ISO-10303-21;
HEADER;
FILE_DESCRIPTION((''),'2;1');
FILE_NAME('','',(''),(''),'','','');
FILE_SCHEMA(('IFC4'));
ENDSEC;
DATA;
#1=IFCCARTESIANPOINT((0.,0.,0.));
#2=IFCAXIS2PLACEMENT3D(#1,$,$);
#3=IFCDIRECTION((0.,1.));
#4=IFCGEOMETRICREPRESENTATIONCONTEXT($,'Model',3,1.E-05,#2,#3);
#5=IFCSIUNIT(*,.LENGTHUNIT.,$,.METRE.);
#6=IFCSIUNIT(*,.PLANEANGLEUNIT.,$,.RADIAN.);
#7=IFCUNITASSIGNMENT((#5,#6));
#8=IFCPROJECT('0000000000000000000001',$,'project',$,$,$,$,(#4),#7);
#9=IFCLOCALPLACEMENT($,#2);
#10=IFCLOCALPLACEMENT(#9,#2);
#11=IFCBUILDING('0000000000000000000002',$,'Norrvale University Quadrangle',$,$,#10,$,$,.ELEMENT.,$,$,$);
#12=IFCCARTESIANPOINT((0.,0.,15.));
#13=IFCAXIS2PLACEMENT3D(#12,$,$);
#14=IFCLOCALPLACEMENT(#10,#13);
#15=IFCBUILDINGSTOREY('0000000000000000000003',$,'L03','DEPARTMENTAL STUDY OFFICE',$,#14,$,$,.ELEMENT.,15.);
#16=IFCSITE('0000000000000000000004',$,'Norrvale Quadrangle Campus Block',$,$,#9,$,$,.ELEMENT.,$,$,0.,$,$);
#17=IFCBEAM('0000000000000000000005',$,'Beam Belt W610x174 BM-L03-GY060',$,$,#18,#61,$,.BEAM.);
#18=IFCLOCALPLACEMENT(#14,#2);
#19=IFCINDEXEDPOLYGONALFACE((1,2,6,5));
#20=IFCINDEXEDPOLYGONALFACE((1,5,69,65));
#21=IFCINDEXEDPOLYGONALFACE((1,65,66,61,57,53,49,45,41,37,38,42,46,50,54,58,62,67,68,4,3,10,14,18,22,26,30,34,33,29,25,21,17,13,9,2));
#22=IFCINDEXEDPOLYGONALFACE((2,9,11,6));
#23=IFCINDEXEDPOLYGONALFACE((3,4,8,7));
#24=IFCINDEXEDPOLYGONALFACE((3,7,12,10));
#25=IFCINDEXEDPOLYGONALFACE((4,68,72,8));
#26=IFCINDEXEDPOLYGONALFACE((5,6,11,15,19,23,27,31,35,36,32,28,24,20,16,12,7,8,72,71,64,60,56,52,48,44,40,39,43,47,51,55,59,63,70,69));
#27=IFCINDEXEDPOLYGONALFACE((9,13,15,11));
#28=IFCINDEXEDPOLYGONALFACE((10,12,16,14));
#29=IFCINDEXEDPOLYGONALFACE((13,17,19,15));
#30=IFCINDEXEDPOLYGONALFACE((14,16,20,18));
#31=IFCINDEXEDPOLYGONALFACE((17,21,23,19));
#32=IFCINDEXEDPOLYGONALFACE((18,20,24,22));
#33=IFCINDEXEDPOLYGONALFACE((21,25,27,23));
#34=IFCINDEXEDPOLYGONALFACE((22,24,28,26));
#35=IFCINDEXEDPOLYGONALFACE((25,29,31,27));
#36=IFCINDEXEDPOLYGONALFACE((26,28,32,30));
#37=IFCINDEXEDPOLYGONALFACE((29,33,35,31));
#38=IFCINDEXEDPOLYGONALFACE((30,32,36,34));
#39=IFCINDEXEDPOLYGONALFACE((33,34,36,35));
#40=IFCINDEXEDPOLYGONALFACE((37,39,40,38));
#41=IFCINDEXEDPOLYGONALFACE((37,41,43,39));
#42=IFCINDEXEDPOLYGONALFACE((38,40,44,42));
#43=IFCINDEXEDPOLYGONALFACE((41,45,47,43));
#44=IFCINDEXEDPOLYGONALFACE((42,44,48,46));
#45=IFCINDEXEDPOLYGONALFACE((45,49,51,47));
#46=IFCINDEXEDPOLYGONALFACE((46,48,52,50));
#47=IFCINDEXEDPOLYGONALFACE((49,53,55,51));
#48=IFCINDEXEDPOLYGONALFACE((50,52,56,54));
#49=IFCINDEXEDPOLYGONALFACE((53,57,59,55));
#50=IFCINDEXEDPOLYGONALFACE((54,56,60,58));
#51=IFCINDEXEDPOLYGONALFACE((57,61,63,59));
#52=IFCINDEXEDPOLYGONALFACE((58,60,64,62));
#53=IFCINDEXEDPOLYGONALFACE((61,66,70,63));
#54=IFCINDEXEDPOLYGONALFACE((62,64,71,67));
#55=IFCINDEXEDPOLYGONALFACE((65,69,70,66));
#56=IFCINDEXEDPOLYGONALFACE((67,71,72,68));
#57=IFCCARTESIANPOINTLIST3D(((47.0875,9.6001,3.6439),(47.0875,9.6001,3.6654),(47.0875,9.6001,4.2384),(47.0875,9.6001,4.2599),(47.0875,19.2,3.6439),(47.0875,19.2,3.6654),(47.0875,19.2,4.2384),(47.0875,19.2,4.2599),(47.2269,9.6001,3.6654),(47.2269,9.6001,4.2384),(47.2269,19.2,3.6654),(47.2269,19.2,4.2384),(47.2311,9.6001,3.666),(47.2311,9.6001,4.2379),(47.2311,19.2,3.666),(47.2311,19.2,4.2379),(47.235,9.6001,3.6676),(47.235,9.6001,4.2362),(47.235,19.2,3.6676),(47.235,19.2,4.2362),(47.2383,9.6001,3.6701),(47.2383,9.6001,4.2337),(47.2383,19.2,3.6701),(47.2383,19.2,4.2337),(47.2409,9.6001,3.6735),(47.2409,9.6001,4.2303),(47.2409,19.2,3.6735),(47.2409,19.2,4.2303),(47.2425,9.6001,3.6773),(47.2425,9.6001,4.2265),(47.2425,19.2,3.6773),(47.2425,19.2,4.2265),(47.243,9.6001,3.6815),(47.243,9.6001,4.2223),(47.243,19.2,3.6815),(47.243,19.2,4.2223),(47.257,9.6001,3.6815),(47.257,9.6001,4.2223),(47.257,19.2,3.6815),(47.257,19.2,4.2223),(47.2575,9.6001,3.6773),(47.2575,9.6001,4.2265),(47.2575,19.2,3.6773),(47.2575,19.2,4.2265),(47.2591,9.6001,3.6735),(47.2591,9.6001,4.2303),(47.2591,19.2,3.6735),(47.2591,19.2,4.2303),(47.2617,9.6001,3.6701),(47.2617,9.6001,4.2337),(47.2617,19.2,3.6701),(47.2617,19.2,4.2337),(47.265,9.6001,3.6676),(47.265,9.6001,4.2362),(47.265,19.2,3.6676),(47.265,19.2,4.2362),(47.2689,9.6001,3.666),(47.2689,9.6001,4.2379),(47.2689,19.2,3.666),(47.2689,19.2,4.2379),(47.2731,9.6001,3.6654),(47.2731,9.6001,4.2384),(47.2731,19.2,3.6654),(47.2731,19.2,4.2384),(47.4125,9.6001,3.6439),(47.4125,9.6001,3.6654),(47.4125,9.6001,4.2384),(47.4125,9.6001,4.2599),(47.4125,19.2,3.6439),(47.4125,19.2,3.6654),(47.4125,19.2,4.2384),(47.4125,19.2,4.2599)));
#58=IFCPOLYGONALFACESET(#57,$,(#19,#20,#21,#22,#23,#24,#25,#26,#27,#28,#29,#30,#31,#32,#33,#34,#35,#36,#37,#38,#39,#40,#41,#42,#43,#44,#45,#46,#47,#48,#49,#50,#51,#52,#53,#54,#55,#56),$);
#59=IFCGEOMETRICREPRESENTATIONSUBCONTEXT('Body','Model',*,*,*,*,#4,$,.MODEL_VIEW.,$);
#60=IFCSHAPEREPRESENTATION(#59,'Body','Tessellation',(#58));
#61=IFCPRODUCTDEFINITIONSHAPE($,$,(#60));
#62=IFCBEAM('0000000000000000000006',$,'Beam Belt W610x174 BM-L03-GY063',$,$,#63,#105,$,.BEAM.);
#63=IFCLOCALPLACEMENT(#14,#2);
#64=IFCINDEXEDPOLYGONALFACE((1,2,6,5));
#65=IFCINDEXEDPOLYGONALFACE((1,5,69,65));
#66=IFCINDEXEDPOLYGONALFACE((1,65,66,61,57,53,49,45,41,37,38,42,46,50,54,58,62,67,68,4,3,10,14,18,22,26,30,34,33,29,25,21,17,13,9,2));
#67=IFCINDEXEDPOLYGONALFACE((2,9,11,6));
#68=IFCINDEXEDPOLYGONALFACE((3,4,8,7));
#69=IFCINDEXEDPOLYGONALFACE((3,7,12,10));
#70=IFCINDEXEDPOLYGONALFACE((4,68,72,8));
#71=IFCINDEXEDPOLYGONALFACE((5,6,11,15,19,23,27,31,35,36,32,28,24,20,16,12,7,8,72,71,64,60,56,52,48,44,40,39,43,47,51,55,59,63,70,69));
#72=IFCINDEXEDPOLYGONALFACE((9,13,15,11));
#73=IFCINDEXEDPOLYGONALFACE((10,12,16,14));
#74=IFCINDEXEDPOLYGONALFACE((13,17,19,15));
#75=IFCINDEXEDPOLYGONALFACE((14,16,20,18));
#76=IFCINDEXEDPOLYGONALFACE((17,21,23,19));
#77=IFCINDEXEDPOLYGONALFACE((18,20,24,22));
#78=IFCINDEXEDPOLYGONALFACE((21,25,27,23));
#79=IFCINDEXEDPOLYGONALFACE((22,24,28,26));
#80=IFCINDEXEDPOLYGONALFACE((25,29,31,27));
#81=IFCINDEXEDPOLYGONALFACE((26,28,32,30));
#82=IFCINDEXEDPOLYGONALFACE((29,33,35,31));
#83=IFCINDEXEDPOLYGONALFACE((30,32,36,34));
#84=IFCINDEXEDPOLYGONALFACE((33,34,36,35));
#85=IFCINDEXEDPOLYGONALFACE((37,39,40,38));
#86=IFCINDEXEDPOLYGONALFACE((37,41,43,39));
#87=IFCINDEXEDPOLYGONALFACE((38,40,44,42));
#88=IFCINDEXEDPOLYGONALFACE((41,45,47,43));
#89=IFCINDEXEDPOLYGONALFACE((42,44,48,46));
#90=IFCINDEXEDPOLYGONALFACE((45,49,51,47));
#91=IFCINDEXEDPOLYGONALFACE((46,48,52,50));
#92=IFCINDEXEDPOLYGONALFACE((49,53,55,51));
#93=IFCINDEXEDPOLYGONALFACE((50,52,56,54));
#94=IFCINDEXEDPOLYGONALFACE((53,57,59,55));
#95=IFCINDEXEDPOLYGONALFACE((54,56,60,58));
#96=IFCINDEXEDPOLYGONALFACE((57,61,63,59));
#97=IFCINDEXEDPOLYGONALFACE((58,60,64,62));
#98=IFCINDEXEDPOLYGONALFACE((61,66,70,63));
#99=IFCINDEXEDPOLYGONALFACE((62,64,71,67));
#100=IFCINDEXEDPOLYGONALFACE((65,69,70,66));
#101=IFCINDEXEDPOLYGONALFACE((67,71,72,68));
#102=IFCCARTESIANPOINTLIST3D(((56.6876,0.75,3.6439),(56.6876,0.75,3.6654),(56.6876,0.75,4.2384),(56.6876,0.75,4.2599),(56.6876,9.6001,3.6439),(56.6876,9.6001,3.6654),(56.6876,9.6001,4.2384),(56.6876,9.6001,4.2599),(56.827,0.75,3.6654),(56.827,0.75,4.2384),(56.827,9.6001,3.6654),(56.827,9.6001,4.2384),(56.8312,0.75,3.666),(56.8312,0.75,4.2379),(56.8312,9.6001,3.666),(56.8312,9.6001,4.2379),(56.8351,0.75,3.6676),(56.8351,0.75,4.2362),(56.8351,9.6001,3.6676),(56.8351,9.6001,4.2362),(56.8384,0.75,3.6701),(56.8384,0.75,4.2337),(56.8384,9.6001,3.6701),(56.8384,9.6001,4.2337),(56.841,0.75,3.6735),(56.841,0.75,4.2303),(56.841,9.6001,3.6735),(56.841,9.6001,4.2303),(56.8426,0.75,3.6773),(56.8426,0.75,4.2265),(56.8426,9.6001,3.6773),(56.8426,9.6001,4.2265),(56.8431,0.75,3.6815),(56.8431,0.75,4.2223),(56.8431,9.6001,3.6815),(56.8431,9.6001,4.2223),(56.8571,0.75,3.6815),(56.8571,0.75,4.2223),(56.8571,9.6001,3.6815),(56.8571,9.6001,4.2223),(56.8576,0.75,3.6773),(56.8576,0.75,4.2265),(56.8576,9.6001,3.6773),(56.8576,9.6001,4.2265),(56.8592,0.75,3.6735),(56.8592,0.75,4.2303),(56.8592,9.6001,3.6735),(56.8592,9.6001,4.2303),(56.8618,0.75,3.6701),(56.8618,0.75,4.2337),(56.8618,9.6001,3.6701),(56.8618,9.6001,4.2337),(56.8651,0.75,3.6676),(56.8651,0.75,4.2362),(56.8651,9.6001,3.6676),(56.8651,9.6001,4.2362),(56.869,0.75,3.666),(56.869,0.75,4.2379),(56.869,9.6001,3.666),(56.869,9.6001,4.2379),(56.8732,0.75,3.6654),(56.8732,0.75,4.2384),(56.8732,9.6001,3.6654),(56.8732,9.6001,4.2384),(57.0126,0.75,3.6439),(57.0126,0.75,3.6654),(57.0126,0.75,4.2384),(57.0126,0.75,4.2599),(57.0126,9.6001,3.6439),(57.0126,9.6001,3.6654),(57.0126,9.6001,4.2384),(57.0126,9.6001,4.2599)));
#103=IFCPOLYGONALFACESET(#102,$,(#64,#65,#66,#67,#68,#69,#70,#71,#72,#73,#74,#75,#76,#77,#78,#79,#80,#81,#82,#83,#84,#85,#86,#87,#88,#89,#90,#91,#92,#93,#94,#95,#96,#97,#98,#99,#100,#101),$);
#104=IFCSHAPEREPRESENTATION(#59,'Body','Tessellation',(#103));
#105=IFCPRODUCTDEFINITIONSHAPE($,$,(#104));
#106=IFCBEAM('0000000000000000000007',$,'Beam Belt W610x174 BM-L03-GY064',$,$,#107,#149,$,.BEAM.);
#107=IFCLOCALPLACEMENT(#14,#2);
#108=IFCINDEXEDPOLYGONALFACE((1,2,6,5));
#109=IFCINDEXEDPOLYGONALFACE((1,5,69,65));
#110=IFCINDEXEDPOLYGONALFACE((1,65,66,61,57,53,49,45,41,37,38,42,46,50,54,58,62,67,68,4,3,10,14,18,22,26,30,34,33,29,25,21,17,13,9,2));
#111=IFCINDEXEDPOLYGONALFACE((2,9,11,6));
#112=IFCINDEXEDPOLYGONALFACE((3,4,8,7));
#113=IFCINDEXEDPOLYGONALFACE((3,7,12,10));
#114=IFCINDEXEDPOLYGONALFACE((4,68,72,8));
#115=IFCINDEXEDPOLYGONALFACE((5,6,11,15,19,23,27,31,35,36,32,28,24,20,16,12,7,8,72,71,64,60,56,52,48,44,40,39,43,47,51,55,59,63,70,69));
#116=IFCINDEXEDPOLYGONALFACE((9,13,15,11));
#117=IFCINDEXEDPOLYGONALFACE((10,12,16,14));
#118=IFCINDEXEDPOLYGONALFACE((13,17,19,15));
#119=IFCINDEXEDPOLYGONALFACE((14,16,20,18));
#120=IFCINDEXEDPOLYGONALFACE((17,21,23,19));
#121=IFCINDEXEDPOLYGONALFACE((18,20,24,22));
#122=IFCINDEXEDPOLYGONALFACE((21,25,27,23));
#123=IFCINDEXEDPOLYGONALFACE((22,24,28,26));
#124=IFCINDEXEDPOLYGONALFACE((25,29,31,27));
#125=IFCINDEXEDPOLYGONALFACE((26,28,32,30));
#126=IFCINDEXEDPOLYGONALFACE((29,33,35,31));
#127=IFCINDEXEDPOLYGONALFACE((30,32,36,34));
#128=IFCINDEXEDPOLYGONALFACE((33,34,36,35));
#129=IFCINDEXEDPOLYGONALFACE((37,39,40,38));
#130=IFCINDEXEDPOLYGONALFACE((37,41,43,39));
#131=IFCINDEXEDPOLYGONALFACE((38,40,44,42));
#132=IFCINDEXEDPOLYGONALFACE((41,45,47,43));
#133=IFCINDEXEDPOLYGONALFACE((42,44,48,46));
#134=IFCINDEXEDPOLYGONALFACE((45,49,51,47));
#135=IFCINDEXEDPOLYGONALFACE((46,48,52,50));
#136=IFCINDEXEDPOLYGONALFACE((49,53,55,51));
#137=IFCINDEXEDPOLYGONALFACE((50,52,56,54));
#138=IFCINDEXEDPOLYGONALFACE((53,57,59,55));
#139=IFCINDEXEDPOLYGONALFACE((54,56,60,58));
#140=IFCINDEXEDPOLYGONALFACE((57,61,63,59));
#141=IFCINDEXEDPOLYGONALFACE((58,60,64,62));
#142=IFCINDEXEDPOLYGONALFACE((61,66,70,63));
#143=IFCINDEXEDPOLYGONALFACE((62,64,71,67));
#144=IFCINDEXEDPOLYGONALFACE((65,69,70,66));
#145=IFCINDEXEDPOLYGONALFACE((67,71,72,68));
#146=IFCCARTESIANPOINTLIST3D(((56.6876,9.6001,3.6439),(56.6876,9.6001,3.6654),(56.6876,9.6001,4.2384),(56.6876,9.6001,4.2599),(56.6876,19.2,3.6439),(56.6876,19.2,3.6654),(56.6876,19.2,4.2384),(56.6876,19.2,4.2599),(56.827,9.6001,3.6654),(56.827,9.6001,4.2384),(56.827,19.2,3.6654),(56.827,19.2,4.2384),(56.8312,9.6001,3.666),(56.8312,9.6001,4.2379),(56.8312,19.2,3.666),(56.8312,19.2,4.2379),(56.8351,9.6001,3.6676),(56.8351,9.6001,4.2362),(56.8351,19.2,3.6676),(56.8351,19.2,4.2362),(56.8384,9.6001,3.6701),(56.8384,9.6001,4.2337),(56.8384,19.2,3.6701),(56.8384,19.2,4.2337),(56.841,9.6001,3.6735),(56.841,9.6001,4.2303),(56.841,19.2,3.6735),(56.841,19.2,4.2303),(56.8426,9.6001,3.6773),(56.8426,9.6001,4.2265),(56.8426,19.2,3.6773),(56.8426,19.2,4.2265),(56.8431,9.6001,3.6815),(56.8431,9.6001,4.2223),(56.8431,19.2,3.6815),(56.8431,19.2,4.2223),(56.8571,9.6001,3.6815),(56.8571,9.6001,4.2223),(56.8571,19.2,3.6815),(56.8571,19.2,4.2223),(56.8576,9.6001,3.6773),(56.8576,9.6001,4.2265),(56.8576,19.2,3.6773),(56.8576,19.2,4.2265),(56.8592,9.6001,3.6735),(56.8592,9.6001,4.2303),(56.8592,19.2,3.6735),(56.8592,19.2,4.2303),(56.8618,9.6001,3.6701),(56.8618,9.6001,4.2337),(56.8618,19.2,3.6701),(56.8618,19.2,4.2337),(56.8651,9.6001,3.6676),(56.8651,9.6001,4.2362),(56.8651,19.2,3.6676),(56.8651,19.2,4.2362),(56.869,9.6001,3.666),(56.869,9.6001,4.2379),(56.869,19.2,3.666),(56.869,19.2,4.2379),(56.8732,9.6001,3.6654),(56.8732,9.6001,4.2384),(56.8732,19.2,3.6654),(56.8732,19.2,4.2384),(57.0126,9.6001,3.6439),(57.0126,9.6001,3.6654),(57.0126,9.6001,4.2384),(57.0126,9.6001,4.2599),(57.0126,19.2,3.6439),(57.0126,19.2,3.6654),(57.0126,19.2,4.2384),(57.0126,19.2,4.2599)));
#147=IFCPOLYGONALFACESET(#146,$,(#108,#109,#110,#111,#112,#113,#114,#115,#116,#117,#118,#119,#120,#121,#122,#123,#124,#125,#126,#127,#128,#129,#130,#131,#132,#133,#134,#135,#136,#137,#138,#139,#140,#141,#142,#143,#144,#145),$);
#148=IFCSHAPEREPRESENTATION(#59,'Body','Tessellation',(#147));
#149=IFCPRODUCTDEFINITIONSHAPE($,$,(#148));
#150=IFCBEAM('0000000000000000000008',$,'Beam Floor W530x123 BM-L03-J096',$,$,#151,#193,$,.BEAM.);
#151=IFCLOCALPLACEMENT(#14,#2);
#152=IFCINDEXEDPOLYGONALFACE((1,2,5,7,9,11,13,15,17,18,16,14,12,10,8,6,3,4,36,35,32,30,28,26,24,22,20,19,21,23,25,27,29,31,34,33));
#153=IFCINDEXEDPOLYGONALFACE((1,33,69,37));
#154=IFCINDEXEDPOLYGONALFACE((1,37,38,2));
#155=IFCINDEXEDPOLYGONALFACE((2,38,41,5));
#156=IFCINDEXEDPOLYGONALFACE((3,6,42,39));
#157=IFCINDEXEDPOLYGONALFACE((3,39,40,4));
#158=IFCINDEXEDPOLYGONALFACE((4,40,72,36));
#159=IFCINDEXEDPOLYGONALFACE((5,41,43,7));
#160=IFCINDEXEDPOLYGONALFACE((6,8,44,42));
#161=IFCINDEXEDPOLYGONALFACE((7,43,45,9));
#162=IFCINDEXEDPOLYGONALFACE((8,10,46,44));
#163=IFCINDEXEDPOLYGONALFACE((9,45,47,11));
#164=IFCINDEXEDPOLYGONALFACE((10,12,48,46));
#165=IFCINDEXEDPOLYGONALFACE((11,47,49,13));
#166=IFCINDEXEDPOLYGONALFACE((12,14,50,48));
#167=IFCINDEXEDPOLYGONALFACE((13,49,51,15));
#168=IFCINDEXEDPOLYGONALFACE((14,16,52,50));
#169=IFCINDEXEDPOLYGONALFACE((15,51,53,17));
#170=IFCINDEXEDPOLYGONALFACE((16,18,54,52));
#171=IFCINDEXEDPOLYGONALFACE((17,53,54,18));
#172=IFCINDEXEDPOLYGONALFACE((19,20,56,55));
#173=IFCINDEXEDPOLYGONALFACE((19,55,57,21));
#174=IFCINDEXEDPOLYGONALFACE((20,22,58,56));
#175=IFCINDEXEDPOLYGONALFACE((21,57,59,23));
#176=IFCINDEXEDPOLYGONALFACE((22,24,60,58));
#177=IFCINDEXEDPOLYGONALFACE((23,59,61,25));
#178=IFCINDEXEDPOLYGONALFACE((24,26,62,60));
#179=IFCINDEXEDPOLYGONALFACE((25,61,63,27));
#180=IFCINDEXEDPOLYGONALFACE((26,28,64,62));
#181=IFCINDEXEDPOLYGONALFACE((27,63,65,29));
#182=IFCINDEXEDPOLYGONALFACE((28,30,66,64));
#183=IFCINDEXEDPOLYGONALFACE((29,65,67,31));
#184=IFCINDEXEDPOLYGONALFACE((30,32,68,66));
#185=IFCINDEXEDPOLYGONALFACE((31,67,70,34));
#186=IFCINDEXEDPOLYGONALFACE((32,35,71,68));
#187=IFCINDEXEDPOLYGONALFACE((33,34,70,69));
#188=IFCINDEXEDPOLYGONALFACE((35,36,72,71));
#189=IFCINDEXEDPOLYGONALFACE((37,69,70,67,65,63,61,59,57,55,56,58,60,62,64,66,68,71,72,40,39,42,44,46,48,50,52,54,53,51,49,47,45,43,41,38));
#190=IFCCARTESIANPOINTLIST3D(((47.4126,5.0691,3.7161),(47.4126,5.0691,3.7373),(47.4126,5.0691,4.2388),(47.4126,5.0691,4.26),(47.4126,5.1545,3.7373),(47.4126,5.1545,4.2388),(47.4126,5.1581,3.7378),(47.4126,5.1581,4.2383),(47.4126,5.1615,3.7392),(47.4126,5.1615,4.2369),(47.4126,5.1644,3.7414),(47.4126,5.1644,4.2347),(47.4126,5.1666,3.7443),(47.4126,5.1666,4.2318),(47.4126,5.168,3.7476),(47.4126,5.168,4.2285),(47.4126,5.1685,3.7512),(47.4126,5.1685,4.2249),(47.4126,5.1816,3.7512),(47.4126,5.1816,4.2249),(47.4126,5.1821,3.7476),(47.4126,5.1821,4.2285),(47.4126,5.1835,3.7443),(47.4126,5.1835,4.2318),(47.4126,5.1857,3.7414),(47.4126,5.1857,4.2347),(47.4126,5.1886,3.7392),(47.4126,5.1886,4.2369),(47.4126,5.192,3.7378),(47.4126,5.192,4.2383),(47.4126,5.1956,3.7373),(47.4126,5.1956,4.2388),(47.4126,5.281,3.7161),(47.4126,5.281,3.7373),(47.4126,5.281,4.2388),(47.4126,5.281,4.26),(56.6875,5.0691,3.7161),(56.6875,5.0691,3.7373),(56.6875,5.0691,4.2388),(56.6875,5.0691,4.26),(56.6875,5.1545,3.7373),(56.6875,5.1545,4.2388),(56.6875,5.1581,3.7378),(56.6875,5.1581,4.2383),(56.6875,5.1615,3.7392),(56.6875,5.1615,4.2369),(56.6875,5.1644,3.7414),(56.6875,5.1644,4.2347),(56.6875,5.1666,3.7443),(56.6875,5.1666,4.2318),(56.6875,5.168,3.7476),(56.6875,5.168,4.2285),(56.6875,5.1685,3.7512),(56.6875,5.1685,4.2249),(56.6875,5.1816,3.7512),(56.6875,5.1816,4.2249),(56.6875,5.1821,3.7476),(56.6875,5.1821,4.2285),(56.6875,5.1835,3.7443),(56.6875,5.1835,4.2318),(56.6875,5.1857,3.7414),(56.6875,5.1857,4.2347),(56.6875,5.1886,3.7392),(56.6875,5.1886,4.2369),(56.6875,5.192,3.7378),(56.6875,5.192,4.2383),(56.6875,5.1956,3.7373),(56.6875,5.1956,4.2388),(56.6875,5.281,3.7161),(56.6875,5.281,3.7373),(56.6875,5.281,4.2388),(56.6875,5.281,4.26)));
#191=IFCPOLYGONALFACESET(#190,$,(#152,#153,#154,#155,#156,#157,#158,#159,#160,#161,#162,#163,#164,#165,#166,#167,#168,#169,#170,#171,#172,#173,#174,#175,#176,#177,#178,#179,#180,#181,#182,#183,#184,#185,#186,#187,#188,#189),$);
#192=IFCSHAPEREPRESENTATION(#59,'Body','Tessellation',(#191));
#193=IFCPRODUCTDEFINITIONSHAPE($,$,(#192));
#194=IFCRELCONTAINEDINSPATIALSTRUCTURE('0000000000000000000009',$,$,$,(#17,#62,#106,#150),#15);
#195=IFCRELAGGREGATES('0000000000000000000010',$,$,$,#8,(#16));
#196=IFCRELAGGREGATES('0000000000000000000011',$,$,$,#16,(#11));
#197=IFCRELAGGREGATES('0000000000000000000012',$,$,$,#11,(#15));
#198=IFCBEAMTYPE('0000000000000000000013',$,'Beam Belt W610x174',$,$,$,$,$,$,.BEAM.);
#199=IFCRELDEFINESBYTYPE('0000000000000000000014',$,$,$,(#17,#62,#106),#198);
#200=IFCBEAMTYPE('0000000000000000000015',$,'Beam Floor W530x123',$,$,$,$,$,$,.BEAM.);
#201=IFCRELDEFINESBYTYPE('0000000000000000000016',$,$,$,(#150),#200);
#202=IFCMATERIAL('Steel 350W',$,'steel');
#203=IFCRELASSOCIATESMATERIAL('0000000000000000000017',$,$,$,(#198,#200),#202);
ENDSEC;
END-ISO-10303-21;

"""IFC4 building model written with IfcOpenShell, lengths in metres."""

from ifc_helpers import new_model, si_unit, direction, frame, origin, origin_2d, place, context, subcontext, project, spatial, i_section, extrude, material, material_profile, profile_set, type_object, element, save


model = new_model("IFC4")

# Units and contexts
model_context = context("Model", 3, precision=1e-05, world=origin(), true_north=direction((0.0, 1.0)))
body_context = subcontext(model_context, "Body", "Model", "MODEL_VIEW")
ifc_project = project(units=[si_unit("LENGTHUNIT", "METRE"), si_unit("PLANEANGLEUNIT", "RADIAN")], contexts=[model_context])

# Site, building, storey
site_placement = place(None, origin())
site = spatial("IfcSite", under=ifc_project, at=site_placement, Name="Norrvale Quadrangle Campus Block", CompositionType="ELEMENT", RefElevation=0.0)
building_placement = place(site_placement, origin())
building = spatial("IfcBuilding", under=site, at=building_placement, Name="Norrvale University Quadrangle", CompositionType="ELEMENT")
storey_placement = place(building_placement, frame((0.0, 0.0, 15.0)))
storey = spatial("IfcBuildingStorey", under=building, at=storey_placement, Name="L03", Description="DEPARTMENTAL STUDY OFFICE", CompositionType="ELEMENT", Elevation=15.0)

# Beams
ifc_material_1 = material(Name="Steel 350W", Category="steel")
ifc_material_profile_1 = material_profile(ifc_material_1, i_section(OverallWidth=0.325, OverallDepth=0.616, WebThickness=0.0139, FlangeThickness=0.0215, FilletRadius=0.0161, at=origin_2d()), Name="Steel 350W")
ifc_profile_set_1 = profile_set([ifc_material_profile_1], Name="Steel 350W")
beam_type_1 = type_object("IfcBeamType", Name="Beam Belt W610x174", PredefinedType="BEAM", material=ifc_profile_set_1)
beam_1_placement = place(storey_placement, frame((47.25, 9.6001, 3.9519), z_axis=(0.0, 1.0, 0.0), x_axis=(-1.0, 0.0, 0.0)))
element("IfcBeam", 1, at=beam_1_placement, inside=storey, type_object=beam_type_1, Name="Beam Belt W610x174 BM-L03-GY060", PredefinedType="BEAM", context=body_context, shape_type="SweptSolid", body=[
    extrude(i_section(OverallWidth=0.325, OverallDepth=0.616, WebThickness=0.0139, FlangeThickness=0.0215, FilletRadius=0.0161, at=origin_2d()), origin(), (0.0, 0.0, 1.0), 9.5999),
])
beam_2_placement = place(storey_placement, frame((56.8501, 0.75, 3.9519), z_axis=(0.0, 1.0, 0.0), x_axis=(-1.0, 0.0, 0.0)))
element("IfcBeam", 2, at=beam_2_placement, inside=storey, type_object=beam_type_1, Name="Beam Belt W610x174 BM-L03-GY063", PredefinedType="BEAM", context=body_context, shape_type="SweptSolid", body=[
    extrude(i_section(OverallWidth=0.325, OverallDepth=0.616, WebThickness=0.0139, FlangeThickness=0.0215, FilletRadius=0.0161, at=origin_2d()), origin(), (0.0, 0.0, 1.0), 8.8501),
])
beam_3_placement = place(storey_placement, frame((56.8501, 9.6001, 3.9519), z_axis=(0.0, 1.0, 0.0), x_axis=(-1.0, 0.0, 0.0)))
element("IfcBeam", 3, at=beam_3_placement, inside=storey, type_object=beam_type_1, Name="Beam Belt W610x174 BM-L03-GY064", PredefinedType="BEAM", context=body_context, shape_type="SweptSolid", body=[
    extrude(i_section(OverallWidth=0.325, OverallDepth=0.616, WebThickness=0.0139, FlangeThickness=0.0215, FilletRadius=0.0161, at=origin_2d()), origin(), (0.0, 0.0, 1.0), 9.5999),
])
ifc_material_profile_2 = material_profile(ifc_material_1, i_section(OverallWidth=0.2119, OverallDepth=0.5439, WebThickness=0.0132, FlangeThickness=0.0212, FilletRadius=0.0139, at=origin_2d()), Name="Steel 350W")
ifc_profile_set_2 = profile_set([ifc_material_profile_2], Name="Steel 350W")
beam_type_2 = type_object("IfcBeamType", Name="Beam Floor W530x123", PredefinedType="BEAM", material=ifc_profile_set_2)
for number, where, z_axis, x_axis, name in (
    (4, (47.4126, 5.175, 3.988), (1.0, 0.0, 0.0), (0.0, 1.0, 0.0), "Beam Floor W530x123 BM-L03-J096"),
):
    element("IfcBeam", number, at=place(storey_placement, frame(where, z_axis=z_axis, x_axis=x_axis)), inside=storey, type_object=beam_type_2, Name=name, PredefinedType="BEAM", context=body_context, shape_type="SweptSolid", body=[
        extrude(i_section(OverallWidth=0.2119, OverallDepth=0.5439, WebThickness=0.0132, FlangeThickness=0.0212, FilletRadius=0.0139, at=origin_2d()), origin(), (0.0, 0.0, 1.0), 9.2749),
    ])

save(model, "model.ifc")
